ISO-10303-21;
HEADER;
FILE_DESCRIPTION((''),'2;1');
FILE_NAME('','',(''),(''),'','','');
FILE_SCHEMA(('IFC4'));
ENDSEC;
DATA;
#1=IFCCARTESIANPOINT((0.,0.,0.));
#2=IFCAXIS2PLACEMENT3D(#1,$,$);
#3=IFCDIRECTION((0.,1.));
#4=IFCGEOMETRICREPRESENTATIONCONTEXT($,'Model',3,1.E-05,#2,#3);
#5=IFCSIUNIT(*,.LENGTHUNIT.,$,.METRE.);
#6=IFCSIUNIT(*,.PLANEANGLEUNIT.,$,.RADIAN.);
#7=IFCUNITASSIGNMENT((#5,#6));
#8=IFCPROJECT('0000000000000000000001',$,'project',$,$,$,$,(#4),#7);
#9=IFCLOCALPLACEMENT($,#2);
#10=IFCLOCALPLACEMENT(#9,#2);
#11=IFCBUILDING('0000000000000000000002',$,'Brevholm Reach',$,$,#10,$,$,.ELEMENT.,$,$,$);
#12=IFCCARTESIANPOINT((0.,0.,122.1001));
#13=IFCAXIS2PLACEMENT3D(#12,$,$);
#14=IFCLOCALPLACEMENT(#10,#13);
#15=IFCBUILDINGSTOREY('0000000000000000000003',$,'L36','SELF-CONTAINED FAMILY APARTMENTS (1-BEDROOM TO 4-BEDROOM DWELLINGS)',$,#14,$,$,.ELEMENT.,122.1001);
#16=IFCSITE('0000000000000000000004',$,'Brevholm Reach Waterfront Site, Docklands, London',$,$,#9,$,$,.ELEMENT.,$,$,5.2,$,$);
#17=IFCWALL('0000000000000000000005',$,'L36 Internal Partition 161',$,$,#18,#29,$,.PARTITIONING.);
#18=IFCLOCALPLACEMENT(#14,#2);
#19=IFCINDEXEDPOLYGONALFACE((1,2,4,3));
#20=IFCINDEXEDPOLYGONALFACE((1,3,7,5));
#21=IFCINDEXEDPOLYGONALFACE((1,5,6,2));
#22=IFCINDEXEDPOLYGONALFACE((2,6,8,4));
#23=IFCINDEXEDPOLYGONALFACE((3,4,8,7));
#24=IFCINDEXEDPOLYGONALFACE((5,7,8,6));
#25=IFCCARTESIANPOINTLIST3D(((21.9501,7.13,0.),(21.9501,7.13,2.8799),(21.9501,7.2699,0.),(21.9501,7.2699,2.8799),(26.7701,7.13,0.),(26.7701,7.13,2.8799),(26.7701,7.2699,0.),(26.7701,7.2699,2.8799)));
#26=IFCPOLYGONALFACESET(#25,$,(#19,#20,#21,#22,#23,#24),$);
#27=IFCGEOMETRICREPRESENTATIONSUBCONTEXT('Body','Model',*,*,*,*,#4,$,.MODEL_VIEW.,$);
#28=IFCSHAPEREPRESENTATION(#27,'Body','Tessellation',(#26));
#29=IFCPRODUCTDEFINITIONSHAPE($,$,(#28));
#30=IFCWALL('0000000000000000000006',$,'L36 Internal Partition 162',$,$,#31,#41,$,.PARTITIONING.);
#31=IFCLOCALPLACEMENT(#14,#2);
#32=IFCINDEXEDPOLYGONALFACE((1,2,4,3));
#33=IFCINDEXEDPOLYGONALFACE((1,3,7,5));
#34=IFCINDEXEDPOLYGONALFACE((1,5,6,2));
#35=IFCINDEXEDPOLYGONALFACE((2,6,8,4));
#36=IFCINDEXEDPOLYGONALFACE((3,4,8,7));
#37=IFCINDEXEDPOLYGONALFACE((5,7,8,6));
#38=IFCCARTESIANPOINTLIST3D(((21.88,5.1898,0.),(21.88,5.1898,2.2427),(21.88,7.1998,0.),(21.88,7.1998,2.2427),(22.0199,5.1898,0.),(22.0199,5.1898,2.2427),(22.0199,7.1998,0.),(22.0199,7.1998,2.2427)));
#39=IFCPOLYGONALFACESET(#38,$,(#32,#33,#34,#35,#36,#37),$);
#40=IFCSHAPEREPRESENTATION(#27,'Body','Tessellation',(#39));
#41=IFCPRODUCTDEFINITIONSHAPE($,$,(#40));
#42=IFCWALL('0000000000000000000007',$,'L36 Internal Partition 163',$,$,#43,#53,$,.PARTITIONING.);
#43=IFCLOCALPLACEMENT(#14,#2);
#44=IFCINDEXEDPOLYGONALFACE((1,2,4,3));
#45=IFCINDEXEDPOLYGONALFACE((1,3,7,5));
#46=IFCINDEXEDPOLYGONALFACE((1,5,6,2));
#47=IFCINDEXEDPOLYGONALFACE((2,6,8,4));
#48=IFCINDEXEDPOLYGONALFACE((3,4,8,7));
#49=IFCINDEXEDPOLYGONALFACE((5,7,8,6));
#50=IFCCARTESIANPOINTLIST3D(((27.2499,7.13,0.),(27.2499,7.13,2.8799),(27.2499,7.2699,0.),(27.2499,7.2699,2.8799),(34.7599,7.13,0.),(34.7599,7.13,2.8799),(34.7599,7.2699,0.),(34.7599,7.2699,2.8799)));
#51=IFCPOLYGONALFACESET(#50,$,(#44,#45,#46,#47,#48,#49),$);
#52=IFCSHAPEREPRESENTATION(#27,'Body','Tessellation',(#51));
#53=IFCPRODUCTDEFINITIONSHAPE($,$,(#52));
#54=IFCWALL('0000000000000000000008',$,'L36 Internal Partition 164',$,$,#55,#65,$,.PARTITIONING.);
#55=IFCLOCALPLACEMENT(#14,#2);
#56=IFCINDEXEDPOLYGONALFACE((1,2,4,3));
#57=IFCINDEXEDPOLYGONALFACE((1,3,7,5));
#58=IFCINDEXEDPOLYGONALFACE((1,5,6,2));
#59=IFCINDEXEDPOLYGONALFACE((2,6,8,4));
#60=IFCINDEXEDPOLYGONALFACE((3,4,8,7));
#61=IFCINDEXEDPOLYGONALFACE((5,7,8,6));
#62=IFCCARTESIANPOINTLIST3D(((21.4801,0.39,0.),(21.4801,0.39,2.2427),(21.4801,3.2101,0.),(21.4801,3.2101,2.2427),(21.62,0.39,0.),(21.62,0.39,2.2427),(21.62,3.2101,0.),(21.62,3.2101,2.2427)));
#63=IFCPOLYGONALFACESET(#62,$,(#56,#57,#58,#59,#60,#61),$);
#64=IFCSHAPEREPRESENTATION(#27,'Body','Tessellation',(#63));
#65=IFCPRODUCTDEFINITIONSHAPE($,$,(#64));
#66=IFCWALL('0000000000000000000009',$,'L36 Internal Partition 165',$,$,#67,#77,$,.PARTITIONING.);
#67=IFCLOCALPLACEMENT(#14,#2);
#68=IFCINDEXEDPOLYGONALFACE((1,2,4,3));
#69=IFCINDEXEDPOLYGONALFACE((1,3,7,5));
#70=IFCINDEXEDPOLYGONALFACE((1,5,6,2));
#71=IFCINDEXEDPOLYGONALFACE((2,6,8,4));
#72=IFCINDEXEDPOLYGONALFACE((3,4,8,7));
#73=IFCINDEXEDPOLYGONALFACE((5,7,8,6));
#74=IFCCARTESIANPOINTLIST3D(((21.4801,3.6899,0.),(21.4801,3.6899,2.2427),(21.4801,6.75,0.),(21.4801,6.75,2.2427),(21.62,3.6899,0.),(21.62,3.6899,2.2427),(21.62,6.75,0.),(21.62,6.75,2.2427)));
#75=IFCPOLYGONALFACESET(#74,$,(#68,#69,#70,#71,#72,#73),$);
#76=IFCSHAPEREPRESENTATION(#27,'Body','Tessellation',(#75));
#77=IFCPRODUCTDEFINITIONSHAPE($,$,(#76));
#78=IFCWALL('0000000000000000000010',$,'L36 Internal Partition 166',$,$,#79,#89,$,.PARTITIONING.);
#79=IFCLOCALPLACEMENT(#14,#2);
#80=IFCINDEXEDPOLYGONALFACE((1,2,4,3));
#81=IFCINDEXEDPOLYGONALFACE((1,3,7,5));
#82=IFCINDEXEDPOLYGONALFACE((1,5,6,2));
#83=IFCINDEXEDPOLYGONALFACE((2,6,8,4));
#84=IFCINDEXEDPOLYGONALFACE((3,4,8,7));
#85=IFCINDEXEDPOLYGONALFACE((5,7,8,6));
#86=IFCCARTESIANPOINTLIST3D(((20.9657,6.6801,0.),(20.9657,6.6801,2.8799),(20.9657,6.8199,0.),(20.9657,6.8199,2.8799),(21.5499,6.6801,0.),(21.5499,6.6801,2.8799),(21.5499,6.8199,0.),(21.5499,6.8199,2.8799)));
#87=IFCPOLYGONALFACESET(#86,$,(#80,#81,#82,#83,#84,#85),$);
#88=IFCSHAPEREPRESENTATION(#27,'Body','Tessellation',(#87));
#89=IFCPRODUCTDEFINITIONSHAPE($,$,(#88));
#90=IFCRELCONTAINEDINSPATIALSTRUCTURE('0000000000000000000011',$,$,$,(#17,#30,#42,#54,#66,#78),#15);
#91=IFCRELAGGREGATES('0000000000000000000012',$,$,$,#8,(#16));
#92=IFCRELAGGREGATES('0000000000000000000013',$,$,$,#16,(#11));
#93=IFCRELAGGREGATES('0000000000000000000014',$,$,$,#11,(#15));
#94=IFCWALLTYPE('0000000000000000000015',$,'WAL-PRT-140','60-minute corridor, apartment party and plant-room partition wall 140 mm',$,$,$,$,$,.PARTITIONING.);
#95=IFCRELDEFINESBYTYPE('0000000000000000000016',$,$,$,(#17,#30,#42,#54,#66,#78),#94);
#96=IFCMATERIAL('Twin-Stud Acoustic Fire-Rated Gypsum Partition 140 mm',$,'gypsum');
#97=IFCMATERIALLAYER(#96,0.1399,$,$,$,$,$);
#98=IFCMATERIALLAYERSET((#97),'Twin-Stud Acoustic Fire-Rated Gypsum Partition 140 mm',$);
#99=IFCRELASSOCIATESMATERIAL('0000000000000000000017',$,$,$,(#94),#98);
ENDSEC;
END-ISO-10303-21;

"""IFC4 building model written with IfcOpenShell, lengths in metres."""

from ifc_helpers import new_model, si_unit, direction, frame, frame_2d, origin, place, context, subcontext, project, spatial, rectangle, extrude, material, layer, layer_set, type_object, element, save


model = new_model("IFC4")

# Units and contexts
model_context = context("Model", 3, precision=1e-05, world=origin(), true_north=direction((0.0, 1.0)))
body_context = subcontext(model_context, "Body", "Model", "MODEL_VIEW")
ifc_project = project(units=[si_unit("LENGTHUNIT", "METRE"), si_unit("PLANEANGLEUNIT", "RADIAN")], contexts=[model_context])

# Site, building, storey
site_placement = place(None, origin())
site = spatial("IfcSite", under=ifc_project, at=site_placement, Name="Brevholm Reach Waterfront Site, Docklands, London", CompositionType="ELEMENT", RefElevation=5.2)
building_placement = place(site_placement, origin())
building = spatial("IfcBuilding", under=site, at=building_placement, Name="Brevholm Reach", CompositionType="ELEMENT")
storey_placement = place(building_placement, frame((0.0, 0.0, 122.1001)))
storey = spatial("IfcBuildingStorey", under=building, at=storey_placement, Name="L36", Description="SELF-CONTAINED FAMILY APARTMENTS (1-BEDROOM TO 4-BEDROOM DWELLINGS)", CompositionType="ELEMENT", Elevation=122.1001)

# Shared definitions
ifc_material_1 = material(Name="Twin-Stud Acoustic Fire-Rated Gypsum Partition 140 mm", Category="gypsum")
ifc_layer_1 = layer(ifc_material_1, 0.1399)
ifc_layer_set_1 = layer_set([ifc_layer_1], Name="Twin-Stud Acoustic Fire-Rated Gypsum Partition 140 mm")
wall_type_1 = type_object("IfcWallType", Name="WAL-PRT-140", Description="60-minute corridor, apartment party and plant-room partition wall 140 mm", PredefinedType="PARTITIONING", material=ifc_layer_set_1)

# Walls
wall_1_placement = place(storey_placement, frame((21.95, 7.2, 0.0), z_axis=(0.0, 0.0, 1.0), x_axis=(1.0, 0.0, 0.0)))
element("IfcWall", 1, at=wall_1_placement, inside=storey, type_object=wall_type_1, Name="L36 Internal Partition 161", PredefinedType="PARTITIONING", context=body_context, shape_type="SweptSolid", body=[
    extrude(rectangle(XDim=4.8201, YDim=0.1399, at=frame_2d((2.4102, 0.0))), origin(), (0.0, 0.0, 1.0), 2.8799),
])
wall_2_placement = place(storey_placement, frame((21.95, 5.1899, 0.0), z_axis=(0.0, 0.0, 1.0), x_axis=(0.0, 1.0, 0.0)))
element("IfcWall", 2, at=wall_2_placement, inside=storey, type_object=wall_type_1, Name="L36 Internal Partition 162", PredefinedType="PARTITIONING", context=body_context, shape_type="SweptSolid", body=[
    extrude(rectangle(XDim=2.01, YDim=0.1399, at=frame_2d((1.0049, 0.0))), origin(), (0.0, 0.0, 1.0), 2.2427),
])
wall_3_placement = place(storey_placement, frame((27.25, 7.2, 0.0), z_axis=(0.0, 0.0, 1.0), x_axis=(1.0, 0.0, 0.0)))
element("IfcWall", 3, at=wall_3_placement, inside=storey, type_object=wall_type_1, Name="L36 Internal Partition 163", PredefinedType="PARTITIONING", context=body_context, shape_type="SweptSolid", body=[
    extrude(rectangle(XDim=7.51, YDim=0.1399, at=frame_2d((3.7549, 0.0))), origin(), (0.0, 0.0, 1.0), 2.8799),
])
wall_4_placement = place(storey_placement, frame((21.55, 0.3899, 0.0), z_axis=(0.0, 0.0, 1.0), x_axis=(0.0, 1.0, 0.0)))
element("IfcWall", 4, at=wall_4_placement, inside=storey, type_object=wall_type_1, Name="L36 Internal Partition 164", PredefinedType="PARTITIONING", context=body_context, shape_type="SweptSolid", body=[
    extrude(rectangle(XDim=2.8201, YDim=0.1399, at=frame_2d((1.4102, 0.0))), origin(), (0.0, 0.0, 1.0), 2.2427),
])
wall_5_placement = place(storey_placement, frame((21.55, 3.6899, 0.0), z_axis=(0.0, 0.0, 1.0), x_axis=(0.0, 1.0, 0.0)))
element("IfcWall", 5, at=wall_5_placement, inside=storey, type_object=wall_type_1, Name="L36 Internal Partition 165", PredefinedType="PARTITIONING", context=body_context, shape_type="SweptSolid", body=[
    extrude(rectangle(XDim=3.0601, YDim=0.1399, at=frame_2d((1.53, 0.0))), origin(), (0.0, 0.0, 1.0), 2.2427),
])
wall_6_placement = place(storey_placement, frame((20.9658, 6.75, 0.0), z_axis=(0.0, 0.0, 1.0), x_axis=(1.0, 0.0, 0.0)))
element("IfcWall", 6, at=wall_6_placement, inside=storey, type_object=wall_type_1, Name="L36 Internal Partition 166", PredefinedType="PARTITIONING", context=body_context, shape_type="SweptSolid", body=[
    extrude(rectangle(XDim=0.5842, YDim=0.1399, at=frame_2d((0.292, 0.0))), origin(), (0.0, 0.0, 1.0), 2.8799),
])

save(model, "model.ifc")
